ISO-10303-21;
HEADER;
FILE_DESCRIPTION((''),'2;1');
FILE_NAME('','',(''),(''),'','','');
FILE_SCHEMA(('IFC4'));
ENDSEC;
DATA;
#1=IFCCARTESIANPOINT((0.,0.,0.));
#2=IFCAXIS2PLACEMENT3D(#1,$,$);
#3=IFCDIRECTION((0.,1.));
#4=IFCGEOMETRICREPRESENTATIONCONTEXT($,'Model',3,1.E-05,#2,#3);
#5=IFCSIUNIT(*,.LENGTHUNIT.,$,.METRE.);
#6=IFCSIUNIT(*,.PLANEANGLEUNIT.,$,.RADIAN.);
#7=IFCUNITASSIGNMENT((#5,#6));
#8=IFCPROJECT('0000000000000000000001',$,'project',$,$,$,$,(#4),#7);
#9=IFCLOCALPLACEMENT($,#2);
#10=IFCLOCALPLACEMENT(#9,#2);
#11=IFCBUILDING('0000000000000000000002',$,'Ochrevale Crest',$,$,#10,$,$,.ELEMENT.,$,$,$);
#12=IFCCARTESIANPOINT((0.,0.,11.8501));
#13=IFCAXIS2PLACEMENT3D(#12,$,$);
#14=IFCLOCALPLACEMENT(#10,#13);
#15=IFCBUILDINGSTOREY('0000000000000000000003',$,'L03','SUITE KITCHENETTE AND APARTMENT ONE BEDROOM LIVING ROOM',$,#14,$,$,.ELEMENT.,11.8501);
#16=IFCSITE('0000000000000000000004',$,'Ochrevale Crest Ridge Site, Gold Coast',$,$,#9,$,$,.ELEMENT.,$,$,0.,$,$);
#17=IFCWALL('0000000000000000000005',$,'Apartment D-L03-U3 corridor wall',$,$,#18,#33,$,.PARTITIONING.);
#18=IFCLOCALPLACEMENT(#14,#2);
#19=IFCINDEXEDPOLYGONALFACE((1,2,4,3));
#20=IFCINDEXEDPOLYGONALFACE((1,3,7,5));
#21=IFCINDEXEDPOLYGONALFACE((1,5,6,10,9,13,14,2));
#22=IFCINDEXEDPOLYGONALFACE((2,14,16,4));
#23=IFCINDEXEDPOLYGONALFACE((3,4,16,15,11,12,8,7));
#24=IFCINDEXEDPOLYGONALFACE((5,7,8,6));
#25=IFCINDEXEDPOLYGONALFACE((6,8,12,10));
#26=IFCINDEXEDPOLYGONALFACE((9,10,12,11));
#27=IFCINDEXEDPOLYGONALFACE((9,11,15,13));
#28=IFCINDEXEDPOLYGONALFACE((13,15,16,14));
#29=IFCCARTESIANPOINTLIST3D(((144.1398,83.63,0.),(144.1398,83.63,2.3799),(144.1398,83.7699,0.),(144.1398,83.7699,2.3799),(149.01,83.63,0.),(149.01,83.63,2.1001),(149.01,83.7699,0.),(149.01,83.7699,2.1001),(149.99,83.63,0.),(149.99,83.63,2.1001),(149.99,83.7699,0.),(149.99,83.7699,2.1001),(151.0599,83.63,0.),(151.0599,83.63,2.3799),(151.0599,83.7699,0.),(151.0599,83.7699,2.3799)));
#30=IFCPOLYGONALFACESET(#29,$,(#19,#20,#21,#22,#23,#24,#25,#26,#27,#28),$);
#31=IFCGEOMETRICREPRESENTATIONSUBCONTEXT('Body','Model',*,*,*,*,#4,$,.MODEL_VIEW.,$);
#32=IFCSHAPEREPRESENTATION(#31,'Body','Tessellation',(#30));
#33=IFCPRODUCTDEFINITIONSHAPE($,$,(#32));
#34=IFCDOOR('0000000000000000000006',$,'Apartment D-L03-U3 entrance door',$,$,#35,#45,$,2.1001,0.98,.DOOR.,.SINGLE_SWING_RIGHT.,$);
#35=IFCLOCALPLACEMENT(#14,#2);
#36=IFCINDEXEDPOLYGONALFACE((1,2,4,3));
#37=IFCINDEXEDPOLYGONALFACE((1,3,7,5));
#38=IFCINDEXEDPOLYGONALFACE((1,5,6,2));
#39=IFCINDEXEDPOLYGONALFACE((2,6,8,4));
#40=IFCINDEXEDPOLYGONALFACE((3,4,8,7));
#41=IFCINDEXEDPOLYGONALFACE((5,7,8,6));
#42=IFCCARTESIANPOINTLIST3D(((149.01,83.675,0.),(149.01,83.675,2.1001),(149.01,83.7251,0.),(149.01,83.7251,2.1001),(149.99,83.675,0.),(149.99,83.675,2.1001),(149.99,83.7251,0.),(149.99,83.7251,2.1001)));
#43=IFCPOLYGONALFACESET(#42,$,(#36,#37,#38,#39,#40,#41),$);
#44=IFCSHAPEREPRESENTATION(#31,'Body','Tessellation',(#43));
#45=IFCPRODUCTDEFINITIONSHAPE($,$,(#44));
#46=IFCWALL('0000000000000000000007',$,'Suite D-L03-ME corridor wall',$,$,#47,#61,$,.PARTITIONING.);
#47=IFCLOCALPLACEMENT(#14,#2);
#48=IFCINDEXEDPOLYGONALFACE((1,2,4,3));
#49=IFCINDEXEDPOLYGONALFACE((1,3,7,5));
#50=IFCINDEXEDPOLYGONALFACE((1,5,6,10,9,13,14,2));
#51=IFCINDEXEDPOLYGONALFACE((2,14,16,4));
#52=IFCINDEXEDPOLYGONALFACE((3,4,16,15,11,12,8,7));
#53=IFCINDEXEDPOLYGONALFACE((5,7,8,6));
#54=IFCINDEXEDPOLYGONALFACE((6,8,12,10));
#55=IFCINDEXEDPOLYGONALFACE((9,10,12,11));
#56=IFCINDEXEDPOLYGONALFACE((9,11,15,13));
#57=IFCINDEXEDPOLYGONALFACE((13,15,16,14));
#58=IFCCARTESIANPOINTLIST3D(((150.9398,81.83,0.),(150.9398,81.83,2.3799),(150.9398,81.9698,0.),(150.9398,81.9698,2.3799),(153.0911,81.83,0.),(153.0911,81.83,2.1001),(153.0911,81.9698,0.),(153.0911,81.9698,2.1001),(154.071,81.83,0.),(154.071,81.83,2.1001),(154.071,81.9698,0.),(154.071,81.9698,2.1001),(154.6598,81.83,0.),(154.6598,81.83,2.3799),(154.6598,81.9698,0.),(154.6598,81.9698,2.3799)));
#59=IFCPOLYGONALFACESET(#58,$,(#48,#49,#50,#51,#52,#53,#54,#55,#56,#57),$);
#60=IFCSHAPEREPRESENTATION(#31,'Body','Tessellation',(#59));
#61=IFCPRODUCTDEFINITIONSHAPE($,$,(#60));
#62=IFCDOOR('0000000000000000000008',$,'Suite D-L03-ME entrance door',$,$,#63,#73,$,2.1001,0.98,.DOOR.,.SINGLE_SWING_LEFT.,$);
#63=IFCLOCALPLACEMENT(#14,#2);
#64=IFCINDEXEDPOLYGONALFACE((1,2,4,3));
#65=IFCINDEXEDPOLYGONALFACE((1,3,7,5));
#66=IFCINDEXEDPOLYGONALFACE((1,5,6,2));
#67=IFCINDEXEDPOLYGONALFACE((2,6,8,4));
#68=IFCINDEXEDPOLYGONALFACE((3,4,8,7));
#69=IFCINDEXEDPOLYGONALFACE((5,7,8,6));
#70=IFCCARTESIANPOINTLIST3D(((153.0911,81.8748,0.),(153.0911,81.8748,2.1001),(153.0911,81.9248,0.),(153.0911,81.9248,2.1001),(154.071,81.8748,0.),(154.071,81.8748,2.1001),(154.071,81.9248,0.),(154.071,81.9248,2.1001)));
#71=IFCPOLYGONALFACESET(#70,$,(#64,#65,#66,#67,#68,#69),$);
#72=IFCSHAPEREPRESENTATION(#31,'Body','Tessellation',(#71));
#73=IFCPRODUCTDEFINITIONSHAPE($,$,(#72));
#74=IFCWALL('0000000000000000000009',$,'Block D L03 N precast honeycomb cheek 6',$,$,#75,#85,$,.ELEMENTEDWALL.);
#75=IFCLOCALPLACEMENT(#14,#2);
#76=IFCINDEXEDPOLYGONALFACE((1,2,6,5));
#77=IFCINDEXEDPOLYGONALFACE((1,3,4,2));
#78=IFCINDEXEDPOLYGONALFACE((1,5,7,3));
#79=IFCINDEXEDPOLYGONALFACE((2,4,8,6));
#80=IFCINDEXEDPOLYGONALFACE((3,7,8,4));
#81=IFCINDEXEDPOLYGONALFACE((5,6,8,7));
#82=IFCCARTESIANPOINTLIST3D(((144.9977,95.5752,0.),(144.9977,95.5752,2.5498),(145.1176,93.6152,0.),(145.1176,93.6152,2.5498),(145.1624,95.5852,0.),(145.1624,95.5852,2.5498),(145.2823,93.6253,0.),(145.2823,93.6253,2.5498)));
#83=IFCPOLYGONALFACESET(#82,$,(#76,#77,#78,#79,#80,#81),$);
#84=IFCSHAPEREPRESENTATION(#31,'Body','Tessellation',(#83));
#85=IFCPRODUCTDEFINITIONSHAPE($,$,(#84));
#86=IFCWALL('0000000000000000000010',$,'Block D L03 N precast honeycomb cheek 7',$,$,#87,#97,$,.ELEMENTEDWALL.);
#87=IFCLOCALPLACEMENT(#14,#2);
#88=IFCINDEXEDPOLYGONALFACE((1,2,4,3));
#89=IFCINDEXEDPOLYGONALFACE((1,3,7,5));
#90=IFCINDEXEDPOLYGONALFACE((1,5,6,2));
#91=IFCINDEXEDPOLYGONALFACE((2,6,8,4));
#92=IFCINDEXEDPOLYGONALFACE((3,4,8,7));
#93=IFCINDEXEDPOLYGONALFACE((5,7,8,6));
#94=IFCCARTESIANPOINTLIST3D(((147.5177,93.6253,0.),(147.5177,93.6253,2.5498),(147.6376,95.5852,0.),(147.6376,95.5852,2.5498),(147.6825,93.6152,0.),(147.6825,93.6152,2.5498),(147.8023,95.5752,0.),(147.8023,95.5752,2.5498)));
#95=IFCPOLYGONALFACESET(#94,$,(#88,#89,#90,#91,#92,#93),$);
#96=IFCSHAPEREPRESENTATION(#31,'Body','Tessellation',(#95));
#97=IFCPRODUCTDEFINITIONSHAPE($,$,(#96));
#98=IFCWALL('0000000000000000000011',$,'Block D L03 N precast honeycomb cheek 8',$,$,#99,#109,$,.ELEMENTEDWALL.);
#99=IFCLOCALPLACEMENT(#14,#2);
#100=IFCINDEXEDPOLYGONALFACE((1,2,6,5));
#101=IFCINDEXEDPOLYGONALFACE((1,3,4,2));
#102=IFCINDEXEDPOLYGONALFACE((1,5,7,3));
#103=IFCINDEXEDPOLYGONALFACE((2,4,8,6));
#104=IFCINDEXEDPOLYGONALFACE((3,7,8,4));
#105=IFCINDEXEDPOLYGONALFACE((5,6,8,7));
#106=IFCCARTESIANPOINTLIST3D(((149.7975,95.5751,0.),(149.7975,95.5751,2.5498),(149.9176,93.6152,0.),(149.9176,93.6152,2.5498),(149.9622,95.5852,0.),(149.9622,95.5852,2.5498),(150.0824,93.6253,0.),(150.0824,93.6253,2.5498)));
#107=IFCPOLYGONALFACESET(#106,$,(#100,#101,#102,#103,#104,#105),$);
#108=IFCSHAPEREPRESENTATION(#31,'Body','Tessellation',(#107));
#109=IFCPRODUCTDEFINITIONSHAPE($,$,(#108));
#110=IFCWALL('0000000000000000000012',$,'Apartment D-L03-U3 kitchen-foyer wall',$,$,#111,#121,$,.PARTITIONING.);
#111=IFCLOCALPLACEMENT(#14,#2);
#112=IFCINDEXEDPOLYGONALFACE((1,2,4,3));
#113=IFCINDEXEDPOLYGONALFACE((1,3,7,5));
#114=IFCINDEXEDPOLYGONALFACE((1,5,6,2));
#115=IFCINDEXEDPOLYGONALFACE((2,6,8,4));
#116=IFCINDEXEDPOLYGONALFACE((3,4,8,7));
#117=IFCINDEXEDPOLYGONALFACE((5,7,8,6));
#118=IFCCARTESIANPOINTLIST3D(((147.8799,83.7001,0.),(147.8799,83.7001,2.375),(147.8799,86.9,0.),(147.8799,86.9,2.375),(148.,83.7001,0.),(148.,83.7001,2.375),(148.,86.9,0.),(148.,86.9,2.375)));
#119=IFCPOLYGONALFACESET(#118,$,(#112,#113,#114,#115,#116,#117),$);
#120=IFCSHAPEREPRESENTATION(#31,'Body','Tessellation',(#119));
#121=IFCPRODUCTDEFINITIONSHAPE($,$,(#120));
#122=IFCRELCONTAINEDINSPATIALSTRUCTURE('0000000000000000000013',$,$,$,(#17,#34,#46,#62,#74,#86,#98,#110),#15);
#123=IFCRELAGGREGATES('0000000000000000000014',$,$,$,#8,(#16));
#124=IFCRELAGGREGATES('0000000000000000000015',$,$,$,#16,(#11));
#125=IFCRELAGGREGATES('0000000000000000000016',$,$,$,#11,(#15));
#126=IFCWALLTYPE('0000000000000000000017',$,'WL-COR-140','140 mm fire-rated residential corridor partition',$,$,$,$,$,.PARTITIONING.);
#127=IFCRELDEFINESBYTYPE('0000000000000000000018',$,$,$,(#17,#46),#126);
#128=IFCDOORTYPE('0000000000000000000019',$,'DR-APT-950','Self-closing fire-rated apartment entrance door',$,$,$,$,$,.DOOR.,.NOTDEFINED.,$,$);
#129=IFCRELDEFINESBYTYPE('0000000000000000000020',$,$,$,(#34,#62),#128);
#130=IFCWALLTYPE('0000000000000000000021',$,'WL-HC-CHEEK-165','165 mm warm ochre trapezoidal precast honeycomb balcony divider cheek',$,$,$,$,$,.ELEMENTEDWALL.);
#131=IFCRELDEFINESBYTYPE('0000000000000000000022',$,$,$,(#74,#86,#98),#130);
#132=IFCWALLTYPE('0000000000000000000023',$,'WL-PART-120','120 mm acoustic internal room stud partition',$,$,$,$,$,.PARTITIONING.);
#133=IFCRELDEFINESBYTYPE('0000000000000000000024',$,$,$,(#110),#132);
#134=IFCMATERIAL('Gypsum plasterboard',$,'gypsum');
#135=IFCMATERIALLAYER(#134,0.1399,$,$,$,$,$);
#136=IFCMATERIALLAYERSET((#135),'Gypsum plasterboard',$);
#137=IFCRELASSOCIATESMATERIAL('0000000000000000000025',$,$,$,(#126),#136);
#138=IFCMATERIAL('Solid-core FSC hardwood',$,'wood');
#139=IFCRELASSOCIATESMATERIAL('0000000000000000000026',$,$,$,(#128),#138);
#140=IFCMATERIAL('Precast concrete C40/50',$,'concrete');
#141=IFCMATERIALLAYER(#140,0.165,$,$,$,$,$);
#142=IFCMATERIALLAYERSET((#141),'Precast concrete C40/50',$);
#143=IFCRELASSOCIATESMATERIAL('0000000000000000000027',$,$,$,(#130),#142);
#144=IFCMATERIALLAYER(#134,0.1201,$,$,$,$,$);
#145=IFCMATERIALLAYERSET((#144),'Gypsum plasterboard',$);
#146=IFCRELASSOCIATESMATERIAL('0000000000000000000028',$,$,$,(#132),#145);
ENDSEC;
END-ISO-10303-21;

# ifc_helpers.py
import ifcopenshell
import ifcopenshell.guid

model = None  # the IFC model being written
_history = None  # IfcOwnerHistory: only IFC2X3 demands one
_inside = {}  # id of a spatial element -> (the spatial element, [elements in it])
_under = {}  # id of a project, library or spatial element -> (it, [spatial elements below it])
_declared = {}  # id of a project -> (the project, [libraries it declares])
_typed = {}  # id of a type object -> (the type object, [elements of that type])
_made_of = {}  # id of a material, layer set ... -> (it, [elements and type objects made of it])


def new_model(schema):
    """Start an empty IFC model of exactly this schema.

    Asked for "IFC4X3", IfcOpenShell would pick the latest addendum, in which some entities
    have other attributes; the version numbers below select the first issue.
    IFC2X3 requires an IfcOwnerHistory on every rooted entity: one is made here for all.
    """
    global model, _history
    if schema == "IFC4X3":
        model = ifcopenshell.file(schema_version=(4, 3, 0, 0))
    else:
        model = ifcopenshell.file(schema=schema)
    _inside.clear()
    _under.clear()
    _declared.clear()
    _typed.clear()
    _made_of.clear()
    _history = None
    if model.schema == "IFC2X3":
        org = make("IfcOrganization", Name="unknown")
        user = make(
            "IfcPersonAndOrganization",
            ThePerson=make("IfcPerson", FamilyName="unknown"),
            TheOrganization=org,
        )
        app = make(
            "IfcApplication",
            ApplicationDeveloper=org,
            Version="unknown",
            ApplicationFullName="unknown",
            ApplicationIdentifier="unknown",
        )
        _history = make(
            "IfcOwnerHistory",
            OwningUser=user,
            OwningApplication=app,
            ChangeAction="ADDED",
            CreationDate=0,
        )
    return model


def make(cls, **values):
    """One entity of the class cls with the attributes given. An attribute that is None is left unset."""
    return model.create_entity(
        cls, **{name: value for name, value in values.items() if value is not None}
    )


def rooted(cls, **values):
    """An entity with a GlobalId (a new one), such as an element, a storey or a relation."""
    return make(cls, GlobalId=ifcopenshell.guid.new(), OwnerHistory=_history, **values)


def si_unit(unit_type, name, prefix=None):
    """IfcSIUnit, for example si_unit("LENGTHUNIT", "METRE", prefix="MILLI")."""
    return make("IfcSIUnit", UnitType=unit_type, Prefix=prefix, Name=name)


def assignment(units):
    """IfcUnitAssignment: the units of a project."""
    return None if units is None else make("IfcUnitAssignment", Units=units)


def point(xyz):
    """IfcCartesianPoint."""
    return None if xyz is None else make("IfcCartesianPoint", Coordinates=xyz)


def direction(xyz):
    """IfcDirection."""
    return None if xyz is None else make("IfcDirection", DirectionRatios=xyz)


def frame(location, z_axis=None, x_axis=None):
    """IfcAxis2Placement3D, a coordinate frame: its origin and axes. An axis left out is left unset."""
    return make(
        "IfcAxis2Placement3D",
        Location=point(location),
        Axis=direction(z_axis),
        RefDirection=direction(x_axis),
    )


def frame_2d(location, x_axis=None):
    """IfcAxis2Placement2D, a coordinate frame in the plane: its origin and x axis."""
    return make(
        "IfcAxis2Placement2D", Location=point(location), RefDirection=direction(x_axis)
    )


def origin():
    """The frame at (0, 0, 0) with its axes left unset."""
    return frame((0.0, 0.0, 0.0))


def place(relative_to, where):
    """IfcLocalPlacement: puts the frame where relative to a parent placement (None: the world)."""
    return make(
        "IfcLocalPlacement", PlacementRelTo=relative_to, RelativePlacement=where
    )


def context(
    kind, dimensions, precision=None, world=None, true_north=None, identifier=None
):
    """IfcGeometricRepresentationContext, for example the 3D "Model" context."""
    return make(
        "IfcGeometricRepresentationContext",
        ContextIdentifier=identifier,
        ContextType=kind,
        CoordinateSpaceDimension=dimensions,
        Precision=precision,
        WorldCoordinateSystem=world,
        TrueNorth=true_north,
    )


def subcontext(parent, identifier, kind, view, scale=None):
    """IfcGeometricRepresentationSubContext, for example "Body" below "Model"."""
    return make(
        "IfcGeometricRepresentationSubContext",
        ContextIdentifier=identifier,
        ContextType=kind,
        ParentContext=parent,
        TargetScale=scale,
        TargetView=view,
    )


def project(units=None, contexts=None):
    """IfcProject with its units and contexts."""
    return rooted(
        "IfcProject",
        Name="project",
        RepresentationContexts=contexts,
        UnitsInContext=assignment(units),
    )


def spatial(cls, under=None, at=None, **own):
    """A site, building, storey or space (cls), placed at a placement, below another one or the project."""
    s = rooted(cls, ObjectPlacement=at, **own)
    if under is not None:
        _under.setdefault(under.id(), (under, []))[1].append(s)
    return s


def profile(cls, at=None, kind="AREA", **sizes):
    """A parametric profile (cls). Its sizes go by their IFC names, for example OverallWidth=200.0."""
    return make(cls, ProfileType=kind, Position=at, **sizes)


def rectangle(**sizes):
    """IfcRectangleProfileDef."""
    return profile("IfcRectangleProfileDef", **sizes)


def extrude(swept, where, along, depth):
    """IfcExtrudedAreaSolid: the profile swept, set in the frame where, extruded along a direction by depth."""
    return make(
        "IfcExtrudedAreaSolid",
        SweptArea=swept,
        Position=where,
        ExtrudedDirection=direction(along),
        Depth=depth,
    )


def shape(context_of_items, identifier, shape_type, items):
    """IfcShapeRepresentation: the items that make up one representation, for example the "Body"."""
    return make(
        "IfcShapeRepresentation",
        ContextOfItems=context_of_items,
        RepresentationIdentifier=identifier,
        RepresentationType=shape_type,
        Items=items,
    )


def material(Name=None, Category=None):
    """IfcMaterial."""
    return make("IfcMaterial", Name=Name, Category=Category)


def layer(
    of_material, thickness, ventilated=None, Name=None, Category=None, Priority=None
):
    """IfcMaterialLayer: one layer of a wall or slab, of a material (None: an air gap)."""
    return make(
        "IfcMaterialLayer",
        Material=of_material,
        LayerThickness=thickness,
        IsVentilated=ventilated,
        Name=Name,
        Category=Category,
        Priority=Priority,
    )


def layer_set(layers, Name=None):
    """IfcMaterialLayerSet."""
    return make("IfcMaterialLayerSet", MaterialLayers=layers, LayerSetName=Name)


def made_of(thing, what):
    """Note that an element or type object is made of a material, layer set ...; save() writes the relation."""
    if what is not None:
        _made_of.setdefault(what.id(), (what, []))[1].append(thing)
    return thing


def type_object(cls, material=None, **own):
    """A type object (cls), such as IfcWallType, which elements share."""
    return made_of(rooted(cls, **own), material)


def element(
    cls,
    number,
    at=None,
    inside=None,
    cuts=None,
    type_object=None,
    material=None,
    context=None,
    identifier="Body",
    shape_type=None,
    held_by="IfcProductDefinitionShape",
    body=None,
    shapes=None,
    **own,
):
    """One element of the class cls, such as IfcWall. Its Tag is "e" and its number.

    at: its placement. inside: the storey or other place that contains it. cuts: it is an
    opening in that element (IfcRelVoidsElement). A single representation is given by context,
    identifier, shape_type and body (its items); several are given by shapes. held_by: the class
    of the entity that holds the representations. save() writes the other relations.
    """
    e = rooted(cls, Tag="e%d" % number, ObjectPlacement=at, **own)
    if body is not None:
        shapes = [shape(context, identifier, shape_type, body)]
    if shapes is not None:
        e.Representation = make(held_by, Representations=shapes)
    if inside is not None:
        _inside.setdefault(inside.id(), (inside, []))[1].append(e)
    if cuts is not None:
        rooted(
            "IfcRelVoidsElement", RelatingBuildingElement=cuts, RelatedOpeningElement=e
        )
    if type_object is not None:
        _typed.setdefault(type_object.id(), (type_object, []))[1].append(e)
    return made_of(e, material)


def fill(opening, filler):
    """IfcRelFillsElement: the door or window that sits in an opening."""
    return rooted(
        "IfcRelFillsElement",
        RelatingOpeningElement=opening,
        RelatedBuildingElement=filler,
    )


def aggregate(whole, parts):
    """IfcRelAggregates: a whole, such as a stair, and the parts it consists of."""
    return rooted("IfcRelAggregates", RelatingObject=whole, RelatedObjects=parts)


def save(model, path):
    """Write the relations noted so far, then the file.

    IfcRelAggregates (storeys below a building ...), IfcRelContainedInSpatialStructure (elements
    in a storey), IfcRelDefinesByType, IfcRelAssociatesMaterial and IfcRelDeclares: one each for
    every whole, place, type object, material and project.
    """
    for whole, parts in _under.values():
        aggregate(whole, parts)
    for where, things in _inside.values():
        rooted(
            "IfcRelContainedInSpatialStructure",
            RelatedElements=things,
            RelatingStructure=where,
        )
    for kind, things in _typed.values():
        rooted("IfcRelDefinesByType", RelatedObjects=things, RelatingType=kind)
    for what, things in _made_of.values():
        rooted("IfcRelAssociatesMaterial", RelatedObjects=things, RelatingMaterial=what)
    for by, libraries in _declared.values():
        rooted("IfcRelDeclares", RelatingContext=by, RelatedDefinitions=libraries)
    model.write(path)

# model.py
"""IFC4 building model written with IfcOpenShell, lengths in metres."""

from ifc_helpers import new_model, si_unit, direction, frame, frame_2d, origin, place, context, subcontext, project, spatial, rectangle, extrude, material, layer, layer_set, type_object, element, fill, save


model = new_model("IFC4")

# Units and contexts
model_context = context("Model", 3, precision=1e-05, world=origin(), true_north=direction((0.0, 1.0)))
body_context = subcontext(model_context, "Body", "Model", "MODEL_VIEW")
ifc_project = project(units=[si_unit("LENGTHUNIT", "METRE"), si_unit("PLANEANGLEUNIT", "RADIAN")], contexts=[model_context])

# Site, building, storey
site_placement = place(None, origin())
site = spatial("IfcSite", under=ifc_project, at=site_placement, Name="Ochrevale Crest Ridge Site, Gold Coast", CompositionType="ELEMENT", RefElevation=0.0)
building_placement = place(site_placement, origin())
building = spatial("IfcBuilding", under=site, at=building_placement, Name="Ochrevale Crest", CompositionType="ELEMENT")
storey_placement = place(building_placement, frame((0.0, 0.0, 11.8501)))
storey = spatial("IfcBuildingStorey", under=building, at=storey_placement, Name="L03", Description="SUITE KITCHENETTE AND APARTMENT ONE BEDROOM LIVING ROOM", CompositionType="ELEMENT", Elevation=11.8501)

# Shared definitions
ifc_material_1 = material(Name="Precast concrete C40/50", Category="concrete")

# Walls, openings, doors
ifc_material_2 = material(Name="Gypsum plasterboard", Category="gypsum")
ifc_layer_1 = layer(ifc_material_2, 0.1399)
ifc_layer_set_1 = layer_set([ifc_layer_1], Name="Gypsum plasterboard")
wall_type_1 = type_object("IfcWallType", Name="WL-COR-140", Description="140 mm fire-rated residential corridor partition", PredefinedType="PARTITIONING", material=ifc_layer_set_1)
wall_1_placement = place(storey_placement, frame((144.1399, 83.7, 0.0), z_axis=(0.0, 0.0, 1.0), x_axis=(1.0, 0.0, 0.0)))
wall_1 = element("IfcWall", 1, at=wall_1_placement, inside=storey, type_object=wall_type_1, Name="Apartment D-L03-U3 corridor wall", PredefinedType="PARTITIONING", context=body_context, shape_type="SweptSolid", body=[
    extrude(rectangle(XDim=6.9202, YDim=0.1399, at=frame_2d((3.46, 0.0))), origin(), (0.0, 0.0, 1.0), 2.3799),
])
opening_1_placement = place(wall_1_placement, frame((5.8501, 0.0, 0.0), z_axis=(0.0, 0.0, 1.0), x_axis=(-1.0, 0.0, 0.0)))
opening_1 = element("IfcOpeningElement", 2, at=opening_1_placement, cuts=wall_1, PredefinedType="OPENING", context=body_context, shape_type="SweptSolid", body=[
    extrude(rectangle(XDim=0.98, YDim=2.1001, at=frame_2d((0.49, 1.05))), frame((0.0, 0.0801, 0.0), z_axis=(0.0, -1.0, 0.0), x_axis=(1.0, 0.0, 0.0)), (0.0, 0.0, 1.0), 0.1599),
])
ifc_material_3 = material(Name="Solid-core FSC hardwood", Category="wood")
door_type_1 = type_object("IfcDoorType", Name="DR-APT-950", Description="Self-closing fire-rated apartment entrance door", OperationType="NOTDEFINED", PredefinedType="DOOR", material=ifc_material_3)
door_1_placement = place(opening_1_placement, origin())
door_1 = element("IfcDoor", 3, at=door_1_placement, inside=storey, type_object=door_type_1, Name="Apartment D-L03-U3 entrance door", OperationType="SINGLE_SWING_RIGHT", OverallHeight=2.1001, OverallWidth=0.98, PredefinedType="DOOR", context=body_context, shape_type="SweptSolid", body=[
    extrude(rectangle(XDim=0.98, YDim=2.1001, at=frame_2d((0.49, 1.05))), frame((0.0, 0.0249, 0.0), z_axis=(0.0, -1.0, 0.0), x_axis=(1.0, 0.0, 0.0)), (0.0, 0.0, 1.0), 0.05),
])
fill(opening_1, door_1)
wall_2_placement = place(storey_placement, frame((150.9399, 81.8999, 0.0), z_axis=(0.0, 0.0, 1.0), x_axis=(1.0, 0.0, 0.0)))
wall_2 = element("IfcWall", 4, at=wall_2_placement, inside=storey, type_object=wall_type_1, Name="Suite D-L03-ME corridor wall", PredefinedType="PARTITIONING", context=body_context, shape_type="SweptSolid", body=[
    extrude(rectangle(XDim=3.72, YDim=0.1399, at=frame_2d((1.8599, 0.0))), origin(), (0.0, 0.0, 1.0), 2.3799),
])
opening_2_placement = place(wall_2_placement, frame((2.1511, 0.0, 0.0)))
opening_2 = element("IfcOpeningElement", 5, at=opening_2_placement, cuts=wall_2, PredefinedType="OPENING", context=body_context, shape_type="SweptSolid", body=[
    extrude(rectangle(XDim=0.98, YDim=2.1001, at=frame_2d((0.49, 1.05))), frame((0.0, 0.0801, 0.0), z_axis=(0.0, -1.0, 0.0), x_axis=(1.0, 0.0, 0.0)), (0.0, 0.0, 1.0), 0.1599),
])
door_2_placement = place(opening_2_placement, origin())
door_2 = element("IfcDoor", 6, at=door_2_placement, inside=storey, type_object=door_type_1, Name="Suite D-L03-ME entrance door", OperationType="SINGLE_SWING_LEFT", OverallHeight=2.1001, OverallWidth=0.98, PredefinedType="DOOR", context=body_context, shape_type="SweptSolid", body=[
    extrude(rectangle(XDim=0.98, YDim=2.1001, at=frame_2d((0.49, 1.05))), frame((0.0, 0.0249, 0.0), z_axis=(0.0, -1.0, 0.0), x_axis=(1.0, 0.0, 0.0)), (0.0, 0.0, 1.0), 0.05),
])
fill(opening_2, door_2)

# Walls
ifc_layer_2 = layer(ifc_material_1, 0.165)
ifc_layer_set_2 = layer_set([ifc_layer_2], Name="Precast concrete C40/50")
wall_type_2 = type_object("IfcWallType", Name="WL-HC-CHEEK-165", Description="165 mm warm ochre trapezoidal precast honeycomb balcony divider cheek", PredefinedType="ELEMENTEDWALL", material=ifc_layer_set_2)
for number, where, z_axis, x_axis, name in (
    (7, (145.2, 93.6201, 0.0), (0.0, 0.0, 1.0), (-0.061047, 0.998135, 0.0), "Block D L03 N precast honeycomb cheek 6"),
    (8, (147.6001, 93.6201, 0.0), (0.0, 0.0, 1.0), (0.061047, 0.998135, 0.0), "Block D L03 N precast honeycomb cheek 7"),
    (9, (150.0, 93.6201, 0.0), (0.0, 0.0, 1.0), (-0.061171, 0.998127, 0.0), "Block D L03 N precast honeycomb cheek 8"),
):
    element("IfcWall", number, at=place(storey_placement, frame(where, z_axis=z_axis, x_axis=x_axis)), inside=storey, type_object=wall_type_2, Name=name, PredefinedType="ELEMENTEDWALL", context=body_context, shape_type="SweptSolid", body=[
        extrude(rectangle(XDim=1.9636, YDim=0.165, at=frame_2d((0.9819, 0.0))), origin(), (0.0, 0.0, 1.0), 2.5498),
    ])
ifc_layer_3 = layer(ifc_material_2, 0.1201)
ifc_layer_set_3 = layer_set([ifc_layer_3], Name="Gypsum plasterboard")
wall_type_3 = type_object("IfcWallType", Name="WL-PART-120", Description="120 mm acoustic internal room stud partition", PredefinedType="PARTITIONING", material=ifc_layer_set_3)
wall_3_placement = place(storey_placement, frame((147.9399, 83.7, 0.0), z_axis=(0.0, 0.0, 1.0), x_axis=(0.0, 1.0, 0.0)))
element("IfcWall", 10, at=wall_3_placement, inside=storey, type_object=wall_type_3, Name="Apartment D-L03-U3 kitchen-foyer wall", PredefinedType="PARTITIONING", context=body_context, shape_type="SweptSolid", body=[
    extrude(rectangle(XDim=3.2, YDim=0.1201, at=frame_2d((1.6001, 0.0))), origin(), (0.0, 0.0, 1.0), 2.375),
])

save(model, "model.ifc")
